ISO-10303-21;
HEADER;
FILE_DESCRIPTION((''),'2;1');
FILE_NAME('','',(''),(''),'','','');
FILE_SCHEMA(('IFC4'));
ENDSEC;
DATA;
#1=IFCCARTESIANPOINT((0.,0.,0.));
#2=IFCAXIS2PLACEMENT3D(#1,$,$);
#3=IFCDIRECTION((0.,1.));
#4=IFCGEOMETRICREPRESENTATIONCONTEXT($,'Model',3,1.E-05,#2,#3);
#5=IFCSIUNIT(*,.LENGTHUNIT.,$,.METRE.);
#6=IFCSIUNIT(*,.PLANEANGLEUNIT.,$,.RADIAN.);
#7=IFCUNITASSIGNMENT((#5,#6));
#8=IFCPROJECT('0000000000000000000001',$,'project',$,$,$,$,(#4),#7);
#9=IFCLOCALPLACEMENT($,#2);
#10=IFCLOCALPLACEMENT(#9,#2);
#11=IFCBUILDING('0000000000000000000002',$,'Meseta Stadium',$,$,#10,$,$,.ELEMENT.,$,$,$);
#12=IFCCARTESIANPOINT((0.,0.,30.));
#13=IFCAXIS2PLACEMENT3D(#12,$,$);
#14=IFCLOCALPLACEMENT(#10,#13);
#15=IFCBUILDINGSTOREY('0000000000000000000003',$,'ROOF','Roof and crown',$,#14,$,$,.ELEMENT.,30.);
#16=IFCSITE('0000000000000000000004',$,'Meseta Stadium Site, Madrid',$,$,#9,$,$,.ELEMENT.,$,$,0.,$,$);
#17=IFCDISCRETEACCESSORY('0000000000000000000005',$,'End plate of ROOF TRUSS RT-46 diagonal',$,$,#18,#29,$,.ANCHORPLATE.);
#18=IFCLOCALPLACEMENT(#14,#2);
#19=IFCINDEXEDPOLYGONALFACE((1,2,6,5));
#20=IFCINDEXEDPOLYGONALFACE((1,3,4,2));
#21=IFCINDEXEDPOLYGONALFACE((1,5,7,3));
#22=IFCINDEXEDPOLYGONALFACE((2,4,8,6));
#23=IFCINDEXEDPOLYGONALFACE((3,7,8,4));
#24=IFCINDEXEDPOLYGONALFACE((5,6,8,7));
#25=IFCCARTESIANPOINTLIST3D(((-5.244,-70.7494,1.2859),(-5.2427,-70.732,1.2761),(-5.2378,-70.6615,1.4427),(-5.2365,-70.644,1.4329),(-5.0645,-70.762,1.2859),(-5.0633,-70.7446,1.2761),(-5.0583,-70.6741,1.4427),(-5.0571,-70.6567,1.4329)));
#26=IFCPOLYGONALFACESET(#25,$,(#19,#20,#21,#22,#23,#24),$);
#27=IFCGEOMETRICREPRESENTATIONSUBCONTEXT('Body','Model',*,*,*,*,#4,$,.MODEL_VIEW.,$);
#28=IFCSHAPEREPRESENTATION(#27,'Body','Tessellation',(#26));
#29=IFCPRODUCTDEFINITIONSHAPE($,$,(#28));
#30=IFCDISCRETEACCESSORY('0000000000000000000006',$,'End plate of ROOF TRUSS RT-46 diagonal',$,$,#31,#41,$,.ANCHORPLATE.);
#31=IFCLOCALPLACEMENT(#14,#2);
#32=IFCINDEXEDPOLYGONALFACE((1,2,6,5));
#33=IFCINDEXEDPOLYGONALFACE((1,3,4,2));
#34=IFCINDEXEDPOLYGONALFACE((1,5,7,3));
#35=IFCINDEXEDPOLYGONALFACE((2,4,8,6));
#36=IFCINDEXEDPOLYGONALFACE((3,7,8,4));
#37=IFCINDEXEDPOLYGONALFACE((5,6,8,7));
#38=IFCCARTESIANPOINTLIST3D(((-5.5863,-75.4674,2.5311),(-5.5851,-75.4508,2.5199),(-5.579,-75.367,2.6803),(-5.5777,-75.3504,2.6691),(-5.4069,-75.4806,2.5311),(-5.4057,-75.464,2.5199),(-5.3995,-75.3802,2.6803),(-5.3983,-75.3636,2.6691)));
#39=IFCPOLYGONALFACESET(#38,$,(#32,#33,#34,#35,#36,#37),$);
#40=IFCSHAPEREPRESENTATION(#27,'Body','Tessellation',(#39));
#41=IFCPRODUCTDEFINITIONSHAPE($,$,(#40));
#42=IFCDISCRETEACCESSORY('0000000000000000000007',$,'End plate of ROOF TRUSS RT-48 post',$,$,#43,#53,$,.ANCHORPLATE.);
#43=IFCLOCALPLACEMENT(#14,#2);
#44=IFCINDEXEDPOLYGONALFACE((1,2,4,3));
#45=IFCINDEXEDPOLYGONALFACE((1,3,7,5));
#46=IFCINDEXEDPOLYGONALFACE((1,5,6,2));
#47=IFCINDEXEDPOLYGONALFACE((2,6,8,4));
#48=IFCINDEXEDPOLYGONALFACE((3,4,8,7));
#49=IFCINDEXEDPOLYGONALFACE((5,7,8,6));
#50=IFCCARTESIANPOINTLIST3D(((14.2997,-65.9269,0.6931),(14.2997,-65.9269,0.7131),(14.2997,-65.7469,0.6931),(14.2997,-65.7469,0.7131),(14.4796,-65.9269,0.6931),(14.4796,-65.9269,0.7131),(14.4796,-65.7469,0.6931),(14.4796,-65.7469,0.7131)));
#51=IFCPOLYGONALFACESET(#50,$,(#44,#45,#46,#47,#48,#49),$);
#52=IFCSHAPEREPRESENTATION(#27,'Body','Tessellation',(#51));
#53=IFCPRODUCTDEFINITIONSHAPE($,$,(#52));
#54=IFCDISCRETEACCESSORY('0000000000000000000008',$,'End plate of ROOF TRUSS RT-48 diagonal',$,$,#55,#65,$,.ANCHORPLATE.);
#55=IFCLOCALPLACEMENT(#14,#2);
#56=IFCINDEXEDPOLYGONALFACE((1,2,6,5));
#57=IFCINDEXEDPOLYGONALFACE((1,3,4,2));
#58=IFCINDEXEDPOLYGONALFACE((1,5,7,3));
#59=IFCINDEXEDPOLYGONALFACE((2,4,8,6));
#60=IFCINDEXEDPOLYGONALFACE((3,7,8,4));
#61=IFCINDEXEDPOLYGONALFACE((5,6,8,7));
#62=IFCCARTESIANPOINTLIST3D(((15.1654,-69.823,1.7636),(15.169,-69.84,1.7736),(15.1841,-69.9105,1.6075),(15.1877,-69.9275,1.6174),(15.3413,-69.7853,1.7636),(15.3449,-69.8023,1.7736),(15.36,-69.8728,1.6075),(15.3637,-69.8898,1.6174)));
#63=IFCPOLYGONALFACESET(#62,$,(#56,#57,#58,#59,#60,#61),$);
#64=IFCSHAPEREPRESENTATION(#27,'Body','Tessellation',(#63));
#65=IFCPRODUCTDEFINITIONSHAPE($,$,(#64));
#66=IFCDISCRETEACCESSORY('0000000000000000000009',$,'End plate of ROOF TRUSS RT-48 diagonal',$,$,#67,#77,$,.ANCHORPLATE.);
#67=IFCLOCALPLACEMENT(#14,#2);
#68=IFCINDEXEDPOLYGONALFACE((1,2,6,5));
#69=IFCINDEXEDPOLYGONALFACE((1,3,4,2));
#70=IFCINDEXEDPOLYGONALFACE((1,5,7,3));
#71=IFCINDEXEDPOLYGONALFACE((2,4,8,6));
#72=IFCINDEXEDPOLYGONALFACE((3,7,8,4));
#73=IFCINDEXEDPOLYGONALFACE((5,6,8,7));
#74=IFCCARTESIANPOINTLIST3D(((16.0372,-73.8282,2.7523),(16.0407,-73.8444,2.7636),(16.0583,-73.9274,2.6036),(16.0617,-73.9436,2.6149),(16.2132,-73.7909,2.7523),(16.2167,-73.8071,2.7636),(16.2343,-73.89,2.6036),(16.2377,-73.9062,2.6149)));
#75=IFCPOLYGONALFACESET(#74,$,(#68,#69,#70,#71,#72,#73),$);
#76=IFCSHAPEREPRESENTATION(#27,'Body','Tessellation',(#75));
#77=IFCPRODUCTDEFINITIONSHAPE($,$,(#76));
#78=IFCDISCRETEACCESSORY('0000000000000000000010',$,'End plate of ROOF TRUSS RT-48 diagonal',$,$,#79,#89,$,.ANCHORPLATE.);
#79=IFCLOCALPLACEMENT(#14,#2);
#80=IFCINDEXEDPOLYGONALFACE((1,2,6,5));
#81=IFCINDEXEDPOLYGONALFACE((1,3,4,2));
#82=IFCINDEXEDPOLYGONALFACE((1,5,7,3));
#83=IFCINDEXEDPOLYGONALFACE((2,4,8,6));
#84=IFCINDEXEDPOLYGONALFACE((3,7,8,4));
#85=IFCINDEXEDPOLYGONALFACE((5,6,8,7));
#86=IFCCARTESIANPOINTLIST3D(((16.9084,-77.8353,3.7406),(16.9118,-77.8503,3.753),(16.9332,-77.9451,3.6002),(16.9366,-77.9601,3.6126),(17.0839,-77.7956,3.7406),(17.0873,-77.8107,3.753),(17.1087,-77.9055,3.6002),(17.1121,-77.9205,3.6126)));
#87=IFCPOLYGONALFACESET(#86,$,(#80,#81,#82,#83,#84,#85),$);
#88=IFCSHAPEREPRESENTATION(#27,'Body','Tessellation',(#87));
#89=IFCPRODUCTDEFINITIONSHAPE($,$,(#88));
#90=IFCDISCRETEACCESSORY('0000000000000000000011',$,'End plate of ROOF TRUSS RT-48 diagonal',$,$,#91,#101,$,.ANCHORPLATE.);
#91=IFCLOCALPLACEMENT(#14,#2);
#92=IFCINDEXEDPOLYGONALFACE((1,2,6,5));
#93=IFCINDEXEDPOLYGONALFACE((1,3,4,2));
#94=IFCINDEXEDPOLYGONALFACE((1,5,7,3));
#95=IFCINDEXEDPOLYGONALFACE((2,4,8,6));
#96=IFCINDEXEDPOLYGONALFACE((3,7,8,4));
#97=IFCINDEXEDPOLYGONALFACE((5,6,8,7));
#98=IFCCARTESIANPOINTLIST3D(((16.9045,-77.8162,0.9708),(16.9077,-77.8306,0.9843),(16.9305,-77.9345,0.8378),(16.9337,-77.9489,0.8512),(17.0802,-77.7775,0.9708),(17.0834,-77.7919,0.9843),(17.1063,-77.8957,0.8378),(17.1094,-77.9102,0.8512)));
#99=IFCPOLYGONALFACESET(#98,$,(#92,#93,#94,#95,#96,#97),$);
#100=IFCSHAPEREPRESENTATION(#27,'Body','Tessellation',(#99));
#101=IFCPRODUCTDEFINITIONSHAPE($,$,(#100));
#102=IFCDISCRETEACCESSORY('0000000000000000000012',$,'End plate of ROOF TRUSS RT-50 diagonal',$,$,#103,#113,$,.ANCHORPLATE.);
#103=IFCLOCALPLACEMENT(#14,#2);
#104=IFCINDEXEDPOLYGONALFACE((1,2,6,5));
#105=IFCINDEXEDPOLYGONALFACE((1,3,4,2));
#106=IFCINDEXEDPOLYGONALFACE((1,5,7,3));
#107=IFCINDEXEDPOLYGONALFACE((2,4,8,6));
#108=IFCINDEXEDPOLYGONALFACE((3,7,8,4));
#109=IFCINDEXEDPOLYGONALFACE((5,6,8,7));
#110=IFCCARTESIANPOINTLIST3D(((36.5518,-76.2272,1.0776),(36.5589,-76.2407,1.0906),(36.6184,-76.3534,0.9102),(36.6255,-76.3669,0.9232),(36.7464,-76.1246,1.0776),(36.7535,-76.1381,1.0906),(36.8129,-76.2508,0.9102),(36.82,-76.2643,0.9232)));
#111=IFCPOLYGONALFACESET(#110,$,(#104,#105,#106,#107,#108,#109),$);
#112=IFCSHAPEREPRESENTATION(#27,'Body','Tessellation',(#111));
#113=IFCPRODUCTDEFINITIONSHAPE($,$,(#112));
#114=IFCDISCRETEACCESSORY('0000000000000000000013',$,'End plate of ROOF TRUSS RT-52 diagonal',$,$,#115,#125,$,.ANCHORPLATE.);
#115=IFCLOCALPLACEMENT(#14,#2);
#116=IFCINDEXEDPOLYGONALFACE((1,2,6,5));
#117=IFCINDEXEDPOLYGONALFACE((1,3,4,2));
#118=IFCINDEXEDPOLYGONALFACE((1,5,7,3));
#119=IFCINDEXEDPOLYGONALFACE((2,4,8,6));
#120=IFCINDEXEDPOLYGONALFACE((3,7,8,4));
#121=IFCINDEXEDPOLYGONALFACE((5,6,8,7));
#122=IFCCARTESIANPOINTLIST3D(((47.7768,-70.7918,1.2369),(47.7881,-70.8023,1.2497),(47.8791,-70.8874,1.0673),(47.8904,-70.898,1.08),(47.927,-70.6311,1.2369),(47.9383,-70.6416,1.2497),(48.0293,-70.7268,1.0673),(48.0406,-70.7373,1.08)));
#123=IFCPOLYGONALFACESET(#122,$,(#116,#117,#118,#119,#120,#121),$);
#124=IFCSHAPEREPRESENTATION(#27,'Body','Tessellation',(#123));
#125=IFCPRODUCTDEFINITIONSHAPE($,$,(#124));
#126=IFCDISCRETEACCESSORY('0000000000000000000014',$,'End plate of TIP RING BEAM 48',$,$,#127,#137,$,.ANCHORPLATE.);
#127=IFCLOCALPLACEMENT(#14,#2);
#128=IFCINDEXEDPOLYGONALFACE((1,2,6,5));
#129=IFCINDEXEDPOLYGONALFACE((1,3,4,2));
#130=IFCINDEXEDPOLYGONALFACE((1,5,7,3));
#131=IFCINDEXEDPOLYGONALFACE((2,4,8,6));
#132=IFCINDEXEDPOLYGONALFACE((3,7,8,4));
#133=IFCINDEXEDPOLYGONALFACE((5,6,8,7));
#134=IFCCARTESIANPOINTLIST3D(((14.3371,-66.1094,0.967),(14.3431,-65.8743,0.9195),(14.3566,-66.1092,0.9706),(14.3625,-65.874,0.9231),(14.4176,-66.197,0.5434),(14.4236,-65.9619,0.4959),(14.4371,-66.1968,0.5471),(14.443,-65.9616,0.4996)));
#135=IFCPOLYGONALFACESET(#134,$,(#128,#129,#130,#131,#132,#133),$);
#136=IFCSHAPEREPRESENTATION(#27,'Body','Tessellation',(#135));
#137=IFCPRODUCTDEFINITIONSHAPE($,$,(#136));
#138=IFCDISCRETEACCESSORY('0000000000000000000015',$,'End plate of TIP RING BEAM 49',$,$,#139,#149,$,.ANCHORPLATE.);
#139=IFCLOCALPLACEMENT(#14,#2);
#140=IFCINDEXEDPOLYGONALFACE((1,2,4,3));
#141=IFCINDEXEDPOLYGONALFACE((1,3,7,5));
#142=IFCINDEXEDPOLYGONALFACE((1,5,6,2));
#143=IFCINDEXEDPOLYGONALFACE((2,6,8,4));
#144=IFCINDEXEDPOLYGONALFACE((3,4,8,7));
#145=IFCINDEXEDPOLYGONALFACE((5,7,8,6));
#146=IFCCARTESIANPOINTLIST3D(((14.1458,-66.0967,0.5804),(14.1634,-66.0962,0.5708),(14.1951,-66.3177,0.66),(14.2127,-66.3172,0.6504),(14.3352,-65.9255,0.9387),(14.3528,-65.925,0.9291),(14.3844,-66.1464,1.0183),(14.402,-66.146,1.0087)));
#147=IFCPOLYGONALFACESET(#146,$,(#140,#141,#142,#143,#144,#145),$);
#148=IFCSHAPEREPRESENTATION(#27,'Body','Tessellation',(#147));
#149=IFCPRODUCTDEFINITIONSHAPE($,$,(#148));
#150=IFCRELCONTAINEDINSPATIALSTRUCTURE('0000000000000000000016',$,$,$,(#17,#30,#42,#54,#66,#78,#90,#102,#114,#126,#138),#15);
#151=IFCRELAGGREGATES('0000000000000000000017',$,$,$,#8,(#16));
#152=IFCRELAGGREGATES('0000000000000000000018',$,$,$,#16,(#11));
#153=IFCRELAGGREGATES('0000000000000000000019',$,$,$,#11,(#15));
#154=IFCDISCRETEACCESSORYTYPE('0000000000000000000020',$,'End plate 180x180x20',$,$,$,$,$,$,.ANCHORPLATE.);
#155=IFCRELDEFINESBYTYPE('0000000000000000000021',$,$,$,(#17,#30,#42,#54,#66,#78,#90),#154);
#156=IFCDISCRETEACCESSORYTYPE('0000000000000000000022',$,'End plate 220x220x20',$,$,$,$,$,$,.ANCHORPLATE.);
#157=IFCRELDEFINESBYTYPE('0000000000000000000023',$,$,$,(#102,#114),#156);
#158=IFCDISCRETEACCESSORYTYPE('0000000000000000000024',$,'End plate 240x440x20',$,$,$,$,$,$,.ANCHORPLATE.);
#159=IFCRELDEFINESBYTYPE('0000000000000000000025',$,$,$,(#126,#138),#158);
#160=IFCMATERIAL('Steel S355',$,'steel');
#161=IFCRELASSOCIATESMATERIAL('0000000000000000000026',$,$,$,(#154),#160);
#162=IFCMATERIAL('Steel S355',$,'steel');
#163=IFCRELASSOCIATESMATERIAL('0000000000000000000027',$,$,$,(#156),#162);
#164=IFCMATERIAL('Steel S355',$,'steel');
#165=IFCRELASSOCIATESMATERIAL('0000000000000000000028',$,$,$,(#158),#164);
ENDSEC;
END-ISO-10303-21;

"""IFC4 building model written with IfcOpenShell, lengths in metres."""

from ifc_helpers import new_model, si_unit, direction, frame, origin, origin_2d, place, context, subcontext, project, spatial, rectangle, extrude, material, material_profile, profile_set, type_object, element, save


model = new_model("IFC4")

# Units and contexts
model_context = context("Model", 3, precision=1e-05, world=origin(), true_north=direction((0.0, 1.0)))
body_context = subcontext(model_context, "Body", "Model", "MODEL_VIEW")
ifc_project = project(units=[si_unit("LENGTHUNIT", "METRE"), si_unit("PLANEANGLEUNIT", "RADIAN")], contexts=[model_context])

# Site, building, storey
site_placement = place(None, origin())
site = spatial("IfcSite", under=ifc_project, at=site_placement, Name="Meseta Stadium Site, Madrid", CompositionType="ELEMENT", RefElevation=0.0)
building_placement = place(site_placement, origin())
building = spatial("IfcBuilding", under=site, at=building_placement, Name="Meseta Stadium", CompositionType="ELEMENT")
storey_placement = place(building_placement, frame((0.0, 0.0, 30.0)))
storey = spatial("IfcBuildingStorey", under=building, at=storey_placement, Name="ROOF", Description="Roof and crown", CompositionType="ELEMENT", Elevation=30.0)

# Discrete accessories
ifc_material_1 = material(Name="Steel S355", Category="steel")
ifc_material_profile_1 = material_profile(ifc_material_1, rectangle(XDim=0.1799, YDim=0.1799, at=origin_2d()), Name="PL 180x180")
ifc_profile_set_1 = profile_set([ifc_material_profile_1], Name="Steel S355")
discrete_accessory_type_1 = type_object("IfcDiscreteAccessoryType", Name="End plate 180x180x20", PredefinedType="ANCHORPLATE", material=ifc_profile_set_1)
for number, where, z_axis, x_axis, name in (
    (1, (-5.1499, -70.6943, 1.3545), (-0.06124, -0.869612, 0.489922), (0.99753, -0.070249, 0.0), "End plate of ROOF TRUSS RT-46 diagonal"),
    (2, (-5.4917, -75.4072, 2.5945), (-0.060791, -0.826752, 0.559273), (0.997308, -0.073331, 0.0), "End plate of ROOF TRUSS RT-46 diagonal"),
    (3, (14.3896, -65.8369, 0.6931), (0.0, 0.0, 1.0), (1.0, 0.0, 0.0), "End plate of ROOF TRUSS RT-48 post"),
    (4, (15.2627, -69.8479, 1.6855), (0.181822, -0.8485, 0.496979), (0.977802, 0.209529, 0.0), "End plate of ROOF TRUSS RT-48 diagonal"),
    (5, (16.1357, -73.8591, 2.678), (0.171447, -0.808251, 0.563326), (0.978234, 0.207504, 0.0), "End plate of ROOF TRUSS RT-48 diagonal"),
):
    element("IfcDiscreteAccessory", number, at=place(storey_placement, frame(where, z_axis=z_axis, x_axis=x_axis)), inside=storey, type_object=discrete_accessory_type_1, Name=name, PredefinedType="ANCHORPLATE", context=body_context, shape_type="SweptSolid", body=[
        extrude(rectangle(XDim=0.1799, YDim=0.1799, at=origin_2d()), origin(), (0.0, 0.0, 1.0), 0.02),
    ])
discrete_accessory_1_placement = place(storey_placement, frame((17.0085, -77.8704, 3.6704), z_axis=(0.171795, -0.760808, 0.625826), x_axis=(0.975441, 0.220261, 0.0)))
element("IfcDiscreteAccessory", 6, at=discrete_accessory_1_placement, inside=storey, type_object=discrete_accessory_type_1, Name="End plate of ROOF TRUSS RT-48 diagonal", PredefinedType="ANCHORPLATE", context=body_context, shape_type="SweptSolid", body=[
    extrude(rectangle(XDim=0.1799, YDim=0.1799, at=origin_2d()), origin(), (0.0, 0.0, 1.0), 0.0198),
])
discrete_accessory_2_placement = place(storey_placement, frame((17.0054, -77.856, 0.9043), z_axis=(0.159117, -0.722148, 0.673189), x_axis=(0.976575, 0.215178, 0.0)))
element("IfcDiscreteAccessory", 7, at=discrete_accessory_2_placement, inside=storey, type_object=discrete_accessory_type_1, Name="End plate of ROOF TRUSS RT-48 diagonal", PredefinedType="ANCHORPLATE", context=body_context, shape_type="SweptSolid", body=[
    extrude(rectangle(XDim=0.1799, YDim=0.1799, at=origin_2d()), origin(), (0.0, 0.0, 1.0), 0.02),
])
ifc_material_2 = material(Name="Steel S355", Category="steel")
ifc_material_profile_2 = material_profile(ifc_material_2, rectangle(XDim=0.22, YDim=0.22, at=origin_2d()), Name="PL 220x220")
ifc_profile_set_2 = profile_set([ifc_material_profile_2], Name="Steel S355")
discrete_accessory_type_2 = type_object("IfcDiscreteAccessoryType", Name="End plate 220x220x20", PredefinedType="ANCHORPLATE", material=ifc_profile_set_2)
for number, where, z_axis, x_axis, name in (
    (8, (36.6824, -76.239, 0.9939), (0.354954, -0.673189, 0.648709), (0.884569, 0.466409, 0.0), "End plate of ROOF TRUSS RT-50 diagonal"),
    (9, (47.9031, -70.7593, 1.1521), (0.563284, -0.526548, 0.636756), (0.682884, 0.730527, 0.0), "End plate of ROOF TRUSS RT-52 diagonal"),
):
    element("IfcDiscreteAccessory", number, at=place(storey_placement, frame(where, z_axis=z_axis, x_axis=x_axis)), inside=storey, type_object=discrete_accessory_type_2, Name=name, PredefinedType="ANCHORPLATE", context=body_context, shape_type="SweptSolid", body=[
        extrude(rectangle(XDim=0.22, YDim=0.22, at=origin_2d()), origin(), (0.0, 0.0, 1.0), 0.02),
    ])
ifc_material_3 = material(Name="Steel S355", Category="steel")
ifc_material_profile_3 = material_profile(ifc_material_3, rectangle(XDim=0.24, YDim=0.4399, at=origin_2d()), Name="PL 240x440")
ifc_profile_set_3 = profile_set([ifc_material_profile_3], Name="Steel S355")
discrete_accessory_type_3 = type_object("IfcDiscreteAccessoryType", Name="End plate 240x440x20", PredefinedType="ANCHORPLATE", material=ifc_profile_set_3)
discrete_accessory_3_placement = place(storey_placement, frame((14.3804, -66.0356, 0.7314), z_axis=(0.982798, 0.012285, 0.184275), x_axis=(0.02486, 0.979904, -0.197912)))
element("IfcDiscreteAccessory", 10, at=discrete_accessory_3_placement, inside=storey, type_object=discrete_accessory_type_3, Name="End plate of TIP RING BEAM 48", PredefinedType="ANCHORPLATE", context=body_context, shape_type="SweptSolid", body=[
    extrude(rectangle(XDim=0.24, YDim=0.4399, at=origin_2d()), origin(), (0.0, 0.0, 1.0), 0.0198),
])
discrete_accessory_4_placement = place(storey_placement, frame((14.2651, -66.1216, 0.7993), z_axis=(0.87903, 0.024417, -0.476141), x_axis=(-0.205226, 0.920807, -0.331658)))
element("IfcDiscreteAccessory", 11, at=discrete_accessory_4_placement, inside=storey, type_object=discrete_accessory_type_3, Name="End plate of TIP RING BEAM 49", PredefinedType="ANCHORPLATE", context=body_context, shape_type="SweptSolid", body=[
    extrude(rectangle(XDim=0.24, YDim=0.4399, at=origin_2d()), origin(), (0.0, 0.0, 1.0), 0.02),
])

save(model, "model.ifc")
